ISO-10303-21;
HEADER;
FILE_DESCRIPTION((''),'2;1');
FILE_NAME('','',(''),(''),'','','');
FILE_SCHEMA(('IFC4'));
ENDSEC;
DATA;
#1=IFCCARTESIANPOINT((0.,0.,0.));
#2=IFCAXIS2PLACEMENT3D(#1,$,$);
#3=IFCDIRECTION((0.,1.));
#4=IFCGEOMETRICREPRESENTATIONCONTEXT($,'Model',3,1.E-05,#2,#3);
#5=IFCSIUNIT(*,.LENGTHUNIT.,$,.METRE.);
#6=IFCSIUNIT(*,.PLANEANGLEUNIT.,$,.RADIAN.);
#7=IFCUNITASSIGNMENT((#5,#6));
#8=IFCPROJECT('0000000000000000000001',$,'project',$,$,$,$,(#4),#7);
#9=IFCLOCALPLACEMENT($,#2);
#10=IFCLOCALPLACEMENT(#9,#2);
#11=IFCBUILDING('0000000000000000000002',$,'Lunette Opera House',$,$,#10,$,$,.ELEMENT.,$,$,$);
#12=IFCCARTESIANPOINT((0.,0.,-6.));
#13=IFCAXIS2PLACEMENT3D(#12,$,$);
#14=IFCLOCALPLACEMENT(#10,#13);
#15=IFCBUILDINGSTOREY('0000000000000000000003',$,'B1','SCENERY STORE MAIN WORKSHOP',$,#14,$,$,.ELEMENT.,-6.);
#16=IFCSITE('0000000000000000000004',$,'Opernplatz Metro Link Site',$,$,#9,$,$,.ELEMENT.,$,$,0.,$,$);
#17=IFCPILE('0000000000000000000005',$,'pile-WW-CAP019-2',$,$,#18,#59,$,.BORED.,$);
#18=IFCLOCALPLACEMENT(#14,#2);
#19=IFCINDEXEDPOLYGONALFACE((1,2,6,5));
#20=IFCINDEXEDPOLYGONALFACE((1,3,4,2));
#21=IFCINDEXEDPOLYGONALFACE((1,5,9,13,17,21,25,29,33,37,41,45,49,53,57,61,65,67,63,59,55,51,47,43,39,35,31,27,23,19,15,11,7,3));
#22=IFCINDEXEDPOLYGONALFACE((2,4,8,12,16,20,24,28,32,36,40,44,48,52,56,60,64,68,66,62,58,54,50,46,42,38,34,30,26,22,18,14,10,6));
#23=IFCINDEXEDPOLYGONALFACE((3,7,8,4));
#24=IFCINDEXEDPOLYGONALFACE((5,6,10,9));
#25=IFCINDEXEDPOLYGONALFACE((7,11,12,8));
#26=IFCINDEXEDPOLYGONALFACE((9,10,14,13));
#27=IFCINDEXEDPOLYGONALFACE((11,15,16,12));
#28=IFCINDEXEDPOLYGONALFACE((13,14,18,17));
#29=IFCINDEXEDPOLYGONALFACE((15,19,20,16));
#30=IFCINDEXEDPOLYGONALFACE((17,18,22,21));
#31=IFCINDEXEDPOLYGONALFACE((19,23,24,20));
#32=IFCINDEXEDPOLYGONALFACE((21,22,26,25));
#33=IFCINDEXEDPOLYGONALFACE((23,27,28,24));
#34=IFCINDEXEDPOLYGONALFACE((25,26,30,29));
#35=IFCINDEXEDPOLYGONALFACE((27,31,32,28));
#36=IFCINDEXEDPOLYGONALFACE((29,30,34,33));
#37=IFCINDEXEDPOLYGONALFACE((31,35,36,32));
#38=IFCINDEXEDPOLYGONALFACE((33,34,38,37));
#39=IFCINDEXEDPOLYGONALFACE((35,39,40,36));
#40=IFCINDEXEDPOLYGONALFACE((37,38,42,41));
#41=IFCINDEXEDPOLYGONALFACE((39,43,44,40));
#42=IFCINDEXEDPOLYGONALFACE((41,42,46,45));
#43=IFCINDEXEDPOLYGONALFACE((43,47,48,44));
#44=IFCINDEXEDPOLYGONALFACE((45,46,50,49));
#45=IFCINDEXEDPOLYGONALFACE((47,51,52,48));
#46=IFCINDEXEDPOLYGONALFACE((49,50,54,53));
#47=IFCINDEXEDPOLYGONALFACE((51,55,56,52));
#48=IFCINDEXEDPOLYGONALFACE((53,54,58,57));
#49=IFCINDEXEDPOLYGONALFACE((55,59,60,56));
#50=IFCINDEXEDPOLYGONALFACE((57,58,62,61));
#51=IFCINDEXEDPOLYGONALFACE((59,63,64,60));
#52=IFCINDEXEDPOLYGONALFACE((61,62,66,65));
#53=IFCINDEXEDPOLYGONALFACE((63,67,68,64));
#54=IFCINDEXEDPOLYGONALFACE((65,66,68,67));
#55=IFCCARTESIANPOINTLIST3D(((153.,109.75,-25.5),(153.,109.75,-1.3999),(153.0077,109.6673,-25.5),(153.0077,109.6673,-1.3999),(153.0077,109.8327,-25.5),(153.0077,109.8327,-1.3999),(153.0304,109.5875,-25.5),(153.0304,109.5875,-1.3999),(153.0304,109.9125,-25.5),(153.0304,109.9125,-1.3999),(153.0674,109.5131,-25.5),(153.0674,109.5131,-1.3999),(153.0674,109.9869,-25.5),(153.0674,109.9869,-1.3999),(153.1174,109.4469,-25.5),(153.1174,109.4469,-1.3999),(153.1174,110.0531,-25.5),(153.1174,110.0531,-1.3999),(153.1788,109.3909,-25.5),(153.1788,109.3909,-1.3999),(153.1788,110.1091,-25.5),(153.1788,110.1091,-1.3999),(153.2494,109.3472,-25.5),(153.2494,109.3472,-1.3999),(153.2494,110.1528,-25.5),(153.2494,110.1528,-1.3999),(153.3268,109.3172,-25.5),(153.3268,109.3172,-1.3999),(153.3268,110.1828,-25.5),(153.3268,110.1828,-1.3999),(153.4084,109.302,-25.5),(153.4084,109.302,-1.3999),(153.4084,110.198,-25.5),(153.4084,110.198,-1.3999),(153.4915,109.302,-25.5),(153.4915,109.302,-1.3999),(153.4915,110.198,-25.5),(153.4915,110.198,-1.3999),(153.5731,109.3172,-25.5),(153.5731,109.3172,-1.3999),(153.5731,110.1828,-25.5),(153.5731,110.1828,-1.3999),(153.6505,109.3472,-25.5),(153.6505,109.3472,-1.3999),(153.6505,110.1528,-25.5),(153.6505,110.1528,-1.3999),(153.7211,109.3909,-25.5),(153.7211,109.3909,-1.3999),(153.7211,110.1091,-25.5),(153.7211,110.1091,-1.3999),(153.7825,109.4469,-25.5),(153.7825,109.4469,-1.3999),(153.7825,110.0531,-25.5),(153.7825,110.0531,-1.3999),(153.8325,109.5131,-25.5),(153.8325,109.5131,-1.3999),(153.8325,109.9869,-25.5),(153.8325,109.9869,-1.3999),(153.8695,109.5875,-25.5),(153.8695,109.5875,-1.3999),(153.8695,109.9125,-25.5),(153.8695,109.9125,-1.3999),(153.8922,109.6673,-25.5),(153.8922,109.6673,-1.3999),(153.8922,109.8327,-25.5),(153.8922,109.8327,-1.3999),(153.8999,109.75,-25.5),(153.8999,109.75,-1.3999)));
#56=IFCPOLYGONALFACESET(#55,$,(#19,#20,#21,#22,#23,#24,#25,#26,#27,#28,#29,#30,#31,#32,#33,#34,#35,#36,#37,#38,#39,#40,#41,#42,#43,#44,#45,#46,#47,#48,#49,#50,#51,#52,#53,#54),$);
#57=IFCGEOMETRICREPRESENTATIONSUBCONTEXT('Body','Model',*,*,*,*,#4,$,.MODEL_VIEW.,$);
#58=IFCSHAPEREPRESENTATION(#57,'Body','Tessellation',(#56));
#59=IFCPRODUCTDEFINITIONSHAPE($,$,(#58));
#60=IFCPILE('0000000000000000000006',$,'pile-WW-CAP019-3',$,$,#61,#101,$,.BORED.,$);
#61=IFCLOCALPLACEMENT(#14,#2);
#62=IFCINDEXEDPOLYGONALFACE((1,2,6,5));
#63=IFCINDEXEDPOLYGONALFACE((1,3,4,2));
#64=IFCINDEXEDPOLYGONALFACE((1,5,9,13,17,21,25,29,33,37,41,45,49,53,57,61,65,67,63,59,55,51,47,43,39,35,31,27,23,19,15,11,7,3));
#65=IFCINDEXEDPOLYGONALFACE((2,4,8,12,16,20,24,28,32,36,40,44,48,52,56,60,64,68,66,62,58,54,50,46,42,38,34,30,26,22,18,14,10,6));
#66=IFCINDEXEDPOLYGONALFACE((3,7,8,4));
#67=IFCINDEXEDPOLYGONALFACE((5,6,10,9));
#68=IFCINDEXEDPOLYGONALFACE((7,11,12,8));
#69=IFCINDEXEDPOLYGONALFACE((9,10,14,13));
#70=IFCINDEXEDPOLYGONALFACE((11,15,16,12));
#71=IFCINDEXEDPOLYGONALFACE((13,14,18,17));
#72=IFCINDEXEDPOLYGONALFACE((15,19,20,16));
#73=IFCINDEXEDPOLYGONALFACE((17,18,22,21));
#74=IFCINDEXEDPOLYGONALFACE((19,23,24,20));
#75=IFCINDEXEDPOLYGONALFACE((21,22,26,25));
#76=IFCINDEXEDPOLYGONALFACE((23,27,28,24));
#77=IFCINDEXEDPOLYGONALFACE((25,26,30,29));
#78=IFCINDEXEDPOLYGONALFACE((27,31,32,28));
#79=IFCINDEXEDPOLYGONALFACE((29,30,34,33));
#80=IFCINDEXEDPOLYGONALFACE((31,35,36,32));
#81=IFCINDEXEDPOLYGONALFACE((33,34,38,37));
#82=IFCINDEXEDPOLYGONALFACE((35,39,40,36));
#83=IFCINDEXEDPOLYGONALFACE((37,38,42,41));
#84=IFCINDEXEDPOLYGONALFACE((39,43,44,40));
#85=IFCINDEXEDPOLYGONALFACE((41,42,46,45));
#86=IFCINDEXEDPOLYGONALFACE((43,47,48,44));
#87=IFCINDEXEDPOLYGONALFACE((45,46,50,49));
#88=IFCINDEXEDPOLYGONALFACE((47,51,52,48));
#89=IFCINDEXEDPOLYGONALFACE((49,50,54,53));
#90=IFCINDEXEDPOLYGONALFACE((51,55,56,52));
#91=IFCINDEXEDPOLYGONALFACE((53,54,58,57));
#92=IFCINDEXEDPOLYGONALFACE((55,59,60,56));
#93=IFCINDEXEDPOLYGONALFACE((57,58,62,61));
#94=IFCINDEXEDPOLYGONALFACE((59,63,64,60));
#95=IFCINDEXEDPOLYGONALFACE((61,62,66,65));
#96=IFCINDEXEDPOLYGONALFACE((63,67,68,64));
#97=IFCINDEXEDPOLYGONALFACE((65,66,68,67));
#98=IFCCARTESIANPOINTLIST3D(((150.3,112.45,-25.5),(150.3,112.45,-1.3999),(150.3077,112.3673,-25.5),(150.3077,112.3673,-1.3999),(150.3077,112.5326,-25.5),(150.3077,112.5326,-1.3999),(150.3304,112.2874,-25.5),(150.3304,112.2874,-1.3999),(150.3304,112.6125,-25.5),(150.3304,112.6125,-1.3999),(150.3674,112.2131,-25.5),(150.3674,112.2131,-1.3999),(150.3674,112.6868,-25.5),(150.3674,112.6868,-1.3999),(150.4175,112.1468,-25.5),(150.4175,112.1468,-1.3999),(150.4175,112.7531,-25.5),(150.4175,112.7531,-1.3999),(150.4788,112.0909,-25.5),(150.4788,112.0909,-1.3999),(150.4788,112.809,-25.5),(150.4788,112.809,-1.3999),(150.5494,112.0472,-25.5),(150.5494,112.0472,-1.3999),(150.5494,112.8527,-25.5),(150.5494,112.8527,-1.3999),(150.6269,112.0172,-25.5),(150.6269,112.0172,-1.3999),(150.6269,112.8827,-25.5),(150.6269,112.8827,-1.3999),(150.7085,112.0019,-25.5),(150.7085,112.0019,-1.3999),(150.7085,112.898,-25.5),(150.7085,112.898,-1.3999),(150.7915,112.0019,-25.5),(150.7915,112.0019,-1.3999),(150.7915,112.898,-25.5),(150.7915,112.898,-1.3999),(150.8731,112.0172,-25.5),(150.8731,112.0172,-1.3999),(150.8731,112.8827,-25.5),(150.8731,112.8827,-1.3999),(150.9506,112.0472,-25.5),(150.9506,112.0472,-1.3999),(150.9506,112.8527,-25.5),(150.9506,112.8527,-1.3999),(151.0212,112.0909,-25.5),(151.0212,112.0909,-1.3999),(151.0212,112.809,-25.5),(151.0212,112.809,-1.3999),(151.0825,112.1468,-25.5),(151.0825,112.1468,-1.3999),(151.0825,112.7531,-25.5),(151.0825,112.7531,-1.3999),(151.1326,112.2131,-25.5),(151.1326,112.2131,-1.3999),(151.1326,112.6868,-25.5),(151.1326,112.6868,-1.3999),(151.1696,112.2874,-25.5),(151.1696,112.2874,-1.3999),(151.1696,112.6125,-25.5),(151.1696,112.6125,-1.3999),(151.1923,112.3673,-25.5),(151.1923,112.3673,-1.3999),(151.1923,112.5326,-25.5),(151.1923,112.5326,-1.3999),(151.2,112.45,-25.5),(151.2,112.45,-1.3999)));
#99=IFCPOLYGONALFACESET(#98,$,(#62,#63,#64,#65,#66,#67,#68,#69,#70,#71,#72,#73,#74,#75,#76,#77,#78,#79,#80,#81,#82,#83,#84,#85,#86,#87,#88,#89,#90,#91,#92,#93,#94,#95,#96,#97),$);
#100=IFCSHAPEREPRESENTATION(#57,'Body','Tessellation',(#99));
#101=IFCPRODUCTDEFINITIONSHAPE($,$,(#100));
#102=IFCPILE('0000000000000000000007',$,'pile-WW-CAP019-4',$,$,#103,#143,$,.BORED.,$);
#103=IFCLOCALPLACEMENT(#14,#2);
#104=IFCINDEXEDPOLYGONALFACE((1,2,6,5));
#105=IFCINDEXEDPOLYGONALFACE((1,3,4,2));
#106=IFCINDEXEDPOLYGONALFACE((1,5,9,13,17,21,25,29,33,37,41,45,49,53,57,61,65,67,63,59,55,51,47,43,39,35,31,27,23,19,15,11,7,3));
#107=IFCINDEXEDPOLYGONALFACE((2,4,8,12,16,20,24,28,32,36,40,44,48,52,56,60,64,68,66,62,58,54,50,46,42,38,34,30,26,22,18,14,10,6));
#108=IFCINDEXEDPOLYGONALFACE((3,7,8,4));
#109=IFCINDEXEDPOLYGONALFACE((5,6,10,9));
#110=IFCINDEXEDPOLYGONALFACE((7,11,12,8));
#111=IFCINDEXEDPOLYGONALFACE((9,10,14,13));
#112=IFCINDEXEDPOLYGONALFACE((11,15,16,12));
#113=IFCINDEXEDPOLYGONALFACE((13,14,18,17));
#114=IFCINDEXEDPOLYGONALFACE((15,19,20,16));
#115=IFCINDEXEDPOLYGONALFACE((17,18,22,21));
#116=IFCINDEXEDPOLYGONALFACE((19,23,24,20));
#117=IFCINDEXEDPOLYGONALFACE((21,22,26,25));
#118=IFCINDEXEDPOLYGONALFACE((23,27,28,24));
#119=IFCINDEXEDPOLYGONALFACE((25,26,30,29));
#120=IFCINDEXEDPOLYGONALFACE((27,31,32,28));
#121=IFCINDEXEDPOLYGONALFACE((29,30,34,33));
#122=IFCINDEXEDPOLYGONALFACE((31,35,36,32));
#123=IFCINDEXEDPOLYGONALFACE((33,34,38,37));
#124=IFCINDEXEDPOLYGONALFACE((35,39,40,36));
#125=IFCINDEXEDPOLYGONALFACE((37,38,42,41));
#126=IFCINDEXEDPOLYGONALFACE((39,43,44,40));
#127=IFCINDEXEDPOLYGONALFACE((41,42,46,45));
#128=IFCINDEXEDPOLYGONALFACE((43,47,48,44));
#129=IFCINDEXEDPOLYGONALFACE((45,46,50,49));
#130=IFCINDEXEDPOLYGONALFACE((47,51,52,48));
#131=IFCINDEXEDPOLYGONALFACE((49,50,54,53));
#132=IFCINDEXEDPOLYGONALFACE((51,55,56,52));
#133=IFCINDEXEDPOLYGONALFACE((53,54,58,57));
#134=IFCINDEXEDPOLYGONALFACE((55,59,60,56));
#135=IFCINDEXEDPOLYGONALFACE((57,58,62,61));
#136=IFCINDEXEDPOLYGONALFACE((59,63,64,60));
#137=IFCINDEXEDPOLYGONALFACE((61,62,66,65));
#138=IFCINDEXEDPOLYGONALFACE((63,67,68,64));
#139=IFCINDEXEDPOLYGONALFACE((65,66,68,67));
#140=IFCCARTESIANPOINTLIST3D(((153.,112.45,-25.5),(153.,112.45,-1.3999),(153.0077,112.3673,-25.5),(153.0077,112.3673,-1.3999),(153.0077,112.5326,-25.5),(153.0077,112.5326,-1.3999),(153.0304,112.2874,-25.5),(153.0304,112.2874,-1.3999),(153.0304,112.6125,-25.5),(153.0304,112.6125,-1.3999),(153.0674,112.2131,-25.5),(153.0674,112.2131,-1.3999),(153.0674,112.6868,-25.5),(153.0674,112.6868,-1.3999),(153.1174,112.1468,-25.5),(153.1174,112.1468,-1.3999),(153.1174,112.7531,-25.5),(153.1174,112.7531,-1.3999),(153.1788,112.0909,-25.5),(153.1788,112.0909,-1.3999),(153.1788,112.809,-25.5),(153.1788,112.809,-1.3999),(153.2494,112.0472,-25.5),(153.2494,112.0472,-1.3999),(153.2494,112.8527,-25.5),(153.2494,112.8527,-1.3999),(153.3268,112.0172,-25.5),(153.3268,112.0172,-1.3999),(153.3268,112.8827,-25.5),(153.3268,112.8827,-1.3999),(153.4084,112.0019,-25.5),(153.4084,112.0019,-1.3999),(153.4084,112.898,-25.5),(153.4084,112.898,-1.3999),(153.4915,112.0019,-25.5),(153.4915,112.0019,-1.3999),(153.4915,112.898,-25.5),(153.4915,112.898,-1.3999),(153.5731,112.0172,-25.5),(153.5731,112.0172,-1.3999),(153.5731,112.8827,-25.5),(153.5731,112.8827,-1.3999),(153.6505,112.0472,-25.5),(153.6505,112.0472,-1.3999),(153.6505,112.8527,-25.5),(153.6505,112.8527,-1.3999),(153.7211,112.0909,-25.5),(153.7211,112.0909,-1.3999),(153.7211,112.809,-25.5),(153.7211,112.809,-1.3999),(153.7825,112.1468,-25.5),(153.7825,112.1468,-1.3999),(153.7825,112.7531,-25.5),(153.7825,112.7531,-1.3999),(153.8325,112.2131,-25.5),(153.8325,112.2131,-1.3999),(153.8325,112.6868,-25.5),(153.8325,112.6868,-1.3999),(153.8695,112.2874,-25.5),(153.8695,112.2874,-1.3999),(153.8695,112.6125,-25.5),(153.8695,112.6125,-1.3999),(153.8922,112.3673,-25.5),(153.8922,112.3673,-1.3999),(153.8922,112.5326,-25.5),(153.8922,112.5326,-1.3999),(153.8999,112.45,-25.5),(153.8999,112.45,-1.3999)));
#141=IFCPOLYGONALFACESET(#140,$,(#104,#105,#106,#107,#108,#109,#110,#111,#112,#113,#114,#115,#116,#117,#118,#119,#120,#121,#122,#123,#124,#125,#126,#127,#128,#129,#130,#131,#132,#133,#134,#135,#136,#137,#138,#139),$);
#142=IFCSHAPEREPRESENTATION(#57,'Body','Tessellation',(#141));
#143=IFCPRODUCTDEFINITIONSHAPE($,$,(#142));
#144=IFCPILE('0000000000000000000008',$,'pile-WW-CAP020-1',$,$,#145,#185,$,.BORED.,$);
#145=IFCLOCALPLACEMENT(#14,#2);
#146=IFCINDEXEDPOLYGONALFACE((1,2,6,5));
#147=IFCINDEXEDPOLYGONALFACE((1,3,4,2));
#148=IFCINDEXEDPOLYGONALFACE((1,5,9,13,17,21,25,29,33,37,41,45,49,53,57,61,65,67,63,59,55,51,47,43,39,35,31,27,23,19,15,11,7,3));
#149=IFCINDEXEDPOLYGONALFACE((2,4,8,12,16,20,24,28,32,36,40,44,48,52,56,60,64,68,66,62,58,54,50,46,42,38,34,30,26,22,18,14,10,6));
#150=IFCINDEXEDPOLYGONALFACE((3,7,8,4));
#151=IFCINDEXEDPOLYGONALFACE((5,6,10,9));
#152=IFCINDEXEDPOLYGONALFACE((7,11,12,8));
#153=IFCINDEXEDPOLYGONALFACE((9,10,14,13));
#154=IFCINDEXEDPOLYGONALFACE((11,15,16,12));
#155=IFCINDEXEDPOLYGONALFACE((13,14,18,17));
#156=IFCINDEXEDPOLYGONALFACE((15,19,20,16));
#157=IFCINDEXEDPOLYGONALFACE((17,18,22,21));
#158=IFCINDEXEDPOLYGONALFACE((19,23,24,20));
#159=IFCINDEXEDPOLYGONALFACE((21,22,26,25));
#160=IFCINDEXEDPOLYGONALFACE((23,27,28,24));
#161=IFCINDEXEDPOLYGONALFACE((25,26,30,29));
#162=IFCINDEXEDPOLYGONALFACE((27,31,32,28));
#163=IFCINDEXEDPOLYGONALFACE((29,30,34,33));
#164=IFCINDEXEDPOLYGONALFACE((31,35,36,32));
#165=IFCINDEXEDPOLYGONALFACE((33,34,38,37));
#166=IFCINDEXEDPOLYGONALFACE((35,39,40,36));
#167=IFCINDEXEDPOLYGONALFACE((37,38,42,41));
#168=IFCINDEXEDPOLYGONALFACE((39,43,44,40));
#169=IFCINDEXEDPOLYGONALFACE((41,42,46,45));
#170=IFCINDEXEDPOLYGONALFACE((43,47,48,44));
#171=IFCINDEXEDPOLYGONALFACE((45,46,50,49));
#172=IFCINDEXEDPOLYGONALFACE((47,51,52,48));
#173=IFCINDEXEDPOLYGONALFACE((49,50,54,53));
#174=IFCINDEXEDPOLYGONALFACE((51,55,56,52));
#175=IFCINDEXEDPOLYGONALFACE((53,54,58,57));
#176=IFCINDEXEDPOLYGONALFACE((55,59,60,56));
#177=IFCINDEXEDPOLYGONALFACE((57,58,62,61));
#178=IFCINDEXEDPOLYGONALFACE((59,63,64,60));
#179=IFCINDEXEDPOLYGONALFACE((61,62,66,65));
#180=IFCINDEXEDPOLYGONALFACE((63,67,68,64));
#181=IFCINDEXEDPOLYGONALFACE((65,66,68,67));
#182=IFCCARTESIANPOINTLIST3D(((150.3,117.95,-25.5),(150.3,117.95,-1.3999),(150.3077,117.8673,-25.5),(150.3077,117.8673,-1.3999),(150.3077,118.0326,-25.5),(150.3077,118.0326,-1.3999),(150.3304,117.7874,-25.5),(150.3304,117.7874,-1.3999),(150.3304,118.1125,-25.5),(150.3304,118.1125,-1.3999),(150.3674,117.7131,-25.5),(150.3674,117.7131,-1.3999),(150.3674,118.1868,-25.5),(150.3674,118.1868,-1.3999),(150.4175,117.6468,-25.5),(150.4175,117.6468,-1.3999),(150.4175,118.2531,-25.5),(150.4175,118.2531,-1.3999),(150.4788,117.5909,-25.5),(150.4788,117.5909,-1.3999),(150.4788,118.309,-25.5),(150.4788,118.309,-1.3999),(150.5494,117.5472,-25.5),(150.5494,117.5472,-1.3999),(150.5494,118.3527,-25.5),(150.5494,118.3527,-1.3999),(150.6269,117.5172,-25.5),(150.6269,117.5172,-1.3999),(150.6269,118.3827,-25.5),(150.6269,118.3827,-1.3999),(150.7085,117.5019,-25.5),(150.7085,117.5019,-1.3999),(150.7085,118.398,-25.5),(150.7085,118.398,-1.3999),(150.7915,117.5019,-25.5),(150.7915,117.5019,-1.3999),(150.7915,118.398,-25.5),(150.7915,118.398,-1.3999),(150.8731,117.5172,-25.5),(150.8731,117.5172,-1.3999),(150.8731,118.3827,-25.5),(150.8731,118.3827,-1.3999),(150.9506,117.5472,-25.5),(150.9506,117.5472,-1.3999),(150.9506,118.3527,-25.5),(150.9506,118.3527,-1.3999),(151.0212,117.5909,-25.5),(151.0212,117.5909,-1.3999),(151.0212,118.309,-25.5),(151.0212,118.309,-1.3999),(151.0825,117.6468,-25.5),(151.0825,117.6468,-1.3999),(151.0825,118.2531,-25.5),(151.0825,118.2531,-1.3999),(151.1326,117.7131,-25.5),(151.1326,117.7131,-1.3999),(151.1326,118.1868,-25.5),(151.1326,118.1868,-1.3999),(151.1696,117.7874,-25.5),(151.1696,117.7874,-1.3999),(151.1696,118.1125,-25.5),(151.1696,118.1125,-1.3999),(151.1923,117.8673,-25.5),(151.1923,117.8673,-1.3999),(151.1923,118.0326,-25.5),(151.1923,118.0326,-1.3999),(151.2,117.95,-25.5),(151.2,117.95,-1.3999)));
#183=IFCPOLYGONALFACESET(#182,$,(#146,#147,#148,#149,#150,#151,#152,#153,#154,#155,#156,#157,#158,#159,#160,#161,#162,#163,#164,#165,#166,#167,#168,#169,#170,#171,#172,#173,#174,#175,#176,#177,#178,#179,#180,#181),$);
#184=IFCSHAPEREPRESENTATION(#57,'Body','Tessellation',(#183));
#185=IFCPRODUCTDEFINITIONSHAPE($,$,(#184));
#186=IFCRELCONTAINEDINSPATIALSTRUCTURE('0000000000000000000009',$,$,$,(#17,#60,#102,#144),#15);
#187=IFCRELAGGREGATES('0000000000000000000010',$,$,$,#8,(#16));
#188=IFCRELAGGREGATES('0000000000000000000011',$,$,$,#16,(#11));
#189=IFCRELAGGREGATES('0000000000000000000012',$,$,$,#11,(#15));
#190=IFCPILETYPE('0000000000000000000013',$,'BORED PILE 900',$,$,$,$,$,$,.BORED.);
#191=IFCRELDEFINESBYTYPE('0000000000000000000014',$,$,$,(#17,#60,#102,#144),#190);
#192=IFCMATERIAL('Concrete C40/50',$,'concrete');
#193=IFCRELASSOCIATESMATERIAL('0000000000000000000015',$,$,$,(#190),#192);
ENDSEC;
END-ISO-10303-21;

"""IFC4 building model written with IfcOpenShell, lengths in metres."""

from ifc_helpers import new_model, si_unit, direction, frame, origin, origin_2d, place, context, subcontext, project, spatial, circle, extrude, material, material_profile, profile_set, type_object, element, save


model = new_model("IFC4")

# Units and contexts
model_context = context("Model", 3, precision=1e-05, world=origin(), true_north=direction((0.0, 1.0)))
body_context = subcontext(model_context, "Body", "Model", "MODEL_VIEW")
ifc_project = project(units=[si_unit("LENGTHUNIT", "METRE"), si_unit("PLANEANGLEUNIT", "RADIAN")], contexts=[model_context])

# Site, building, storey
site_placement = place(None, origin())
site = spatial("IfcSite", under=ifc_project, at=site_placement, Name="Opernplatz Metro Link Site", CompositionType="ELEMENT", RefElevation=0.0)
building_placement = place(site_placement, origin())
building = spatial("IfcBuilding", under=site, at=building_placement, Name="Lunette Opera House", CompositionType="ELEMENT")
storey_placement = place(building_placement, frame((0.0, 0.0, -6.0)))
storey = spatial("IfcBuildingStorey", under=building, at=storey_placement, Name="B1", Description="SCENERY STORE MAIN WORKSHOP", CompositionType="ELEMENT", Elevation=-6.0)

# Piles
ifc_material_1 = material(Name="Concrete C40/50", Category="concrete")
ifc_material_profile_1 = material_profile(ifc_material_1, circle(Radius=0.45, at=origin_2d()), Name="BORED PILE 900")
ifc_profile_set_1 = profile_set([ifc_material_profile_1], Name="Concrete C40/50")
pile_type = type_object("IfcPileType", Name="BORED PILE 900", PredefinedType="BORED", material=ifc_profile_set_1)
for number, where, z_axis, x_axis, name in (
    (1, (153.45, 109.75, -1.3999), (0.0, 0.0, -1.0), (1.0, 0.0, 0.0), "pile-WW-CAP019-2"),
    (2, (150.75, 112.45, -1.3999), (0.0, 0.0, -1.0), (1.0, 0.0, 0.0), "pile-WW-CAP019-3"),
    (3, (153.45, 112.45, -1.3999), (0.0, 0.0, -1.0), (1.0, 0.0, 0.0), "pile-WW-CAP019-4"),
    (4, (150.75, 117.95, -1.3999), (0.0, 0.0, -1.0), (1.0, 0.0, 0.0), "pile-WW-CAP020-1"),
):
    element("IfcPile", number, at=place(storey_placement, frame(where, z_axis=z_axis, x_axis=x_axis)), inside=storey, type_object=pile_type, Name=name, PredefinedType="BORED", context=body_context, shape_type="SweptSolid", body=[
        extrude(circle(Radius=0.45, at=origin_2d()), origin(), (0.0, 0.0, 1.0), 24.1001),
    ])

save(model, "model.ifc")
